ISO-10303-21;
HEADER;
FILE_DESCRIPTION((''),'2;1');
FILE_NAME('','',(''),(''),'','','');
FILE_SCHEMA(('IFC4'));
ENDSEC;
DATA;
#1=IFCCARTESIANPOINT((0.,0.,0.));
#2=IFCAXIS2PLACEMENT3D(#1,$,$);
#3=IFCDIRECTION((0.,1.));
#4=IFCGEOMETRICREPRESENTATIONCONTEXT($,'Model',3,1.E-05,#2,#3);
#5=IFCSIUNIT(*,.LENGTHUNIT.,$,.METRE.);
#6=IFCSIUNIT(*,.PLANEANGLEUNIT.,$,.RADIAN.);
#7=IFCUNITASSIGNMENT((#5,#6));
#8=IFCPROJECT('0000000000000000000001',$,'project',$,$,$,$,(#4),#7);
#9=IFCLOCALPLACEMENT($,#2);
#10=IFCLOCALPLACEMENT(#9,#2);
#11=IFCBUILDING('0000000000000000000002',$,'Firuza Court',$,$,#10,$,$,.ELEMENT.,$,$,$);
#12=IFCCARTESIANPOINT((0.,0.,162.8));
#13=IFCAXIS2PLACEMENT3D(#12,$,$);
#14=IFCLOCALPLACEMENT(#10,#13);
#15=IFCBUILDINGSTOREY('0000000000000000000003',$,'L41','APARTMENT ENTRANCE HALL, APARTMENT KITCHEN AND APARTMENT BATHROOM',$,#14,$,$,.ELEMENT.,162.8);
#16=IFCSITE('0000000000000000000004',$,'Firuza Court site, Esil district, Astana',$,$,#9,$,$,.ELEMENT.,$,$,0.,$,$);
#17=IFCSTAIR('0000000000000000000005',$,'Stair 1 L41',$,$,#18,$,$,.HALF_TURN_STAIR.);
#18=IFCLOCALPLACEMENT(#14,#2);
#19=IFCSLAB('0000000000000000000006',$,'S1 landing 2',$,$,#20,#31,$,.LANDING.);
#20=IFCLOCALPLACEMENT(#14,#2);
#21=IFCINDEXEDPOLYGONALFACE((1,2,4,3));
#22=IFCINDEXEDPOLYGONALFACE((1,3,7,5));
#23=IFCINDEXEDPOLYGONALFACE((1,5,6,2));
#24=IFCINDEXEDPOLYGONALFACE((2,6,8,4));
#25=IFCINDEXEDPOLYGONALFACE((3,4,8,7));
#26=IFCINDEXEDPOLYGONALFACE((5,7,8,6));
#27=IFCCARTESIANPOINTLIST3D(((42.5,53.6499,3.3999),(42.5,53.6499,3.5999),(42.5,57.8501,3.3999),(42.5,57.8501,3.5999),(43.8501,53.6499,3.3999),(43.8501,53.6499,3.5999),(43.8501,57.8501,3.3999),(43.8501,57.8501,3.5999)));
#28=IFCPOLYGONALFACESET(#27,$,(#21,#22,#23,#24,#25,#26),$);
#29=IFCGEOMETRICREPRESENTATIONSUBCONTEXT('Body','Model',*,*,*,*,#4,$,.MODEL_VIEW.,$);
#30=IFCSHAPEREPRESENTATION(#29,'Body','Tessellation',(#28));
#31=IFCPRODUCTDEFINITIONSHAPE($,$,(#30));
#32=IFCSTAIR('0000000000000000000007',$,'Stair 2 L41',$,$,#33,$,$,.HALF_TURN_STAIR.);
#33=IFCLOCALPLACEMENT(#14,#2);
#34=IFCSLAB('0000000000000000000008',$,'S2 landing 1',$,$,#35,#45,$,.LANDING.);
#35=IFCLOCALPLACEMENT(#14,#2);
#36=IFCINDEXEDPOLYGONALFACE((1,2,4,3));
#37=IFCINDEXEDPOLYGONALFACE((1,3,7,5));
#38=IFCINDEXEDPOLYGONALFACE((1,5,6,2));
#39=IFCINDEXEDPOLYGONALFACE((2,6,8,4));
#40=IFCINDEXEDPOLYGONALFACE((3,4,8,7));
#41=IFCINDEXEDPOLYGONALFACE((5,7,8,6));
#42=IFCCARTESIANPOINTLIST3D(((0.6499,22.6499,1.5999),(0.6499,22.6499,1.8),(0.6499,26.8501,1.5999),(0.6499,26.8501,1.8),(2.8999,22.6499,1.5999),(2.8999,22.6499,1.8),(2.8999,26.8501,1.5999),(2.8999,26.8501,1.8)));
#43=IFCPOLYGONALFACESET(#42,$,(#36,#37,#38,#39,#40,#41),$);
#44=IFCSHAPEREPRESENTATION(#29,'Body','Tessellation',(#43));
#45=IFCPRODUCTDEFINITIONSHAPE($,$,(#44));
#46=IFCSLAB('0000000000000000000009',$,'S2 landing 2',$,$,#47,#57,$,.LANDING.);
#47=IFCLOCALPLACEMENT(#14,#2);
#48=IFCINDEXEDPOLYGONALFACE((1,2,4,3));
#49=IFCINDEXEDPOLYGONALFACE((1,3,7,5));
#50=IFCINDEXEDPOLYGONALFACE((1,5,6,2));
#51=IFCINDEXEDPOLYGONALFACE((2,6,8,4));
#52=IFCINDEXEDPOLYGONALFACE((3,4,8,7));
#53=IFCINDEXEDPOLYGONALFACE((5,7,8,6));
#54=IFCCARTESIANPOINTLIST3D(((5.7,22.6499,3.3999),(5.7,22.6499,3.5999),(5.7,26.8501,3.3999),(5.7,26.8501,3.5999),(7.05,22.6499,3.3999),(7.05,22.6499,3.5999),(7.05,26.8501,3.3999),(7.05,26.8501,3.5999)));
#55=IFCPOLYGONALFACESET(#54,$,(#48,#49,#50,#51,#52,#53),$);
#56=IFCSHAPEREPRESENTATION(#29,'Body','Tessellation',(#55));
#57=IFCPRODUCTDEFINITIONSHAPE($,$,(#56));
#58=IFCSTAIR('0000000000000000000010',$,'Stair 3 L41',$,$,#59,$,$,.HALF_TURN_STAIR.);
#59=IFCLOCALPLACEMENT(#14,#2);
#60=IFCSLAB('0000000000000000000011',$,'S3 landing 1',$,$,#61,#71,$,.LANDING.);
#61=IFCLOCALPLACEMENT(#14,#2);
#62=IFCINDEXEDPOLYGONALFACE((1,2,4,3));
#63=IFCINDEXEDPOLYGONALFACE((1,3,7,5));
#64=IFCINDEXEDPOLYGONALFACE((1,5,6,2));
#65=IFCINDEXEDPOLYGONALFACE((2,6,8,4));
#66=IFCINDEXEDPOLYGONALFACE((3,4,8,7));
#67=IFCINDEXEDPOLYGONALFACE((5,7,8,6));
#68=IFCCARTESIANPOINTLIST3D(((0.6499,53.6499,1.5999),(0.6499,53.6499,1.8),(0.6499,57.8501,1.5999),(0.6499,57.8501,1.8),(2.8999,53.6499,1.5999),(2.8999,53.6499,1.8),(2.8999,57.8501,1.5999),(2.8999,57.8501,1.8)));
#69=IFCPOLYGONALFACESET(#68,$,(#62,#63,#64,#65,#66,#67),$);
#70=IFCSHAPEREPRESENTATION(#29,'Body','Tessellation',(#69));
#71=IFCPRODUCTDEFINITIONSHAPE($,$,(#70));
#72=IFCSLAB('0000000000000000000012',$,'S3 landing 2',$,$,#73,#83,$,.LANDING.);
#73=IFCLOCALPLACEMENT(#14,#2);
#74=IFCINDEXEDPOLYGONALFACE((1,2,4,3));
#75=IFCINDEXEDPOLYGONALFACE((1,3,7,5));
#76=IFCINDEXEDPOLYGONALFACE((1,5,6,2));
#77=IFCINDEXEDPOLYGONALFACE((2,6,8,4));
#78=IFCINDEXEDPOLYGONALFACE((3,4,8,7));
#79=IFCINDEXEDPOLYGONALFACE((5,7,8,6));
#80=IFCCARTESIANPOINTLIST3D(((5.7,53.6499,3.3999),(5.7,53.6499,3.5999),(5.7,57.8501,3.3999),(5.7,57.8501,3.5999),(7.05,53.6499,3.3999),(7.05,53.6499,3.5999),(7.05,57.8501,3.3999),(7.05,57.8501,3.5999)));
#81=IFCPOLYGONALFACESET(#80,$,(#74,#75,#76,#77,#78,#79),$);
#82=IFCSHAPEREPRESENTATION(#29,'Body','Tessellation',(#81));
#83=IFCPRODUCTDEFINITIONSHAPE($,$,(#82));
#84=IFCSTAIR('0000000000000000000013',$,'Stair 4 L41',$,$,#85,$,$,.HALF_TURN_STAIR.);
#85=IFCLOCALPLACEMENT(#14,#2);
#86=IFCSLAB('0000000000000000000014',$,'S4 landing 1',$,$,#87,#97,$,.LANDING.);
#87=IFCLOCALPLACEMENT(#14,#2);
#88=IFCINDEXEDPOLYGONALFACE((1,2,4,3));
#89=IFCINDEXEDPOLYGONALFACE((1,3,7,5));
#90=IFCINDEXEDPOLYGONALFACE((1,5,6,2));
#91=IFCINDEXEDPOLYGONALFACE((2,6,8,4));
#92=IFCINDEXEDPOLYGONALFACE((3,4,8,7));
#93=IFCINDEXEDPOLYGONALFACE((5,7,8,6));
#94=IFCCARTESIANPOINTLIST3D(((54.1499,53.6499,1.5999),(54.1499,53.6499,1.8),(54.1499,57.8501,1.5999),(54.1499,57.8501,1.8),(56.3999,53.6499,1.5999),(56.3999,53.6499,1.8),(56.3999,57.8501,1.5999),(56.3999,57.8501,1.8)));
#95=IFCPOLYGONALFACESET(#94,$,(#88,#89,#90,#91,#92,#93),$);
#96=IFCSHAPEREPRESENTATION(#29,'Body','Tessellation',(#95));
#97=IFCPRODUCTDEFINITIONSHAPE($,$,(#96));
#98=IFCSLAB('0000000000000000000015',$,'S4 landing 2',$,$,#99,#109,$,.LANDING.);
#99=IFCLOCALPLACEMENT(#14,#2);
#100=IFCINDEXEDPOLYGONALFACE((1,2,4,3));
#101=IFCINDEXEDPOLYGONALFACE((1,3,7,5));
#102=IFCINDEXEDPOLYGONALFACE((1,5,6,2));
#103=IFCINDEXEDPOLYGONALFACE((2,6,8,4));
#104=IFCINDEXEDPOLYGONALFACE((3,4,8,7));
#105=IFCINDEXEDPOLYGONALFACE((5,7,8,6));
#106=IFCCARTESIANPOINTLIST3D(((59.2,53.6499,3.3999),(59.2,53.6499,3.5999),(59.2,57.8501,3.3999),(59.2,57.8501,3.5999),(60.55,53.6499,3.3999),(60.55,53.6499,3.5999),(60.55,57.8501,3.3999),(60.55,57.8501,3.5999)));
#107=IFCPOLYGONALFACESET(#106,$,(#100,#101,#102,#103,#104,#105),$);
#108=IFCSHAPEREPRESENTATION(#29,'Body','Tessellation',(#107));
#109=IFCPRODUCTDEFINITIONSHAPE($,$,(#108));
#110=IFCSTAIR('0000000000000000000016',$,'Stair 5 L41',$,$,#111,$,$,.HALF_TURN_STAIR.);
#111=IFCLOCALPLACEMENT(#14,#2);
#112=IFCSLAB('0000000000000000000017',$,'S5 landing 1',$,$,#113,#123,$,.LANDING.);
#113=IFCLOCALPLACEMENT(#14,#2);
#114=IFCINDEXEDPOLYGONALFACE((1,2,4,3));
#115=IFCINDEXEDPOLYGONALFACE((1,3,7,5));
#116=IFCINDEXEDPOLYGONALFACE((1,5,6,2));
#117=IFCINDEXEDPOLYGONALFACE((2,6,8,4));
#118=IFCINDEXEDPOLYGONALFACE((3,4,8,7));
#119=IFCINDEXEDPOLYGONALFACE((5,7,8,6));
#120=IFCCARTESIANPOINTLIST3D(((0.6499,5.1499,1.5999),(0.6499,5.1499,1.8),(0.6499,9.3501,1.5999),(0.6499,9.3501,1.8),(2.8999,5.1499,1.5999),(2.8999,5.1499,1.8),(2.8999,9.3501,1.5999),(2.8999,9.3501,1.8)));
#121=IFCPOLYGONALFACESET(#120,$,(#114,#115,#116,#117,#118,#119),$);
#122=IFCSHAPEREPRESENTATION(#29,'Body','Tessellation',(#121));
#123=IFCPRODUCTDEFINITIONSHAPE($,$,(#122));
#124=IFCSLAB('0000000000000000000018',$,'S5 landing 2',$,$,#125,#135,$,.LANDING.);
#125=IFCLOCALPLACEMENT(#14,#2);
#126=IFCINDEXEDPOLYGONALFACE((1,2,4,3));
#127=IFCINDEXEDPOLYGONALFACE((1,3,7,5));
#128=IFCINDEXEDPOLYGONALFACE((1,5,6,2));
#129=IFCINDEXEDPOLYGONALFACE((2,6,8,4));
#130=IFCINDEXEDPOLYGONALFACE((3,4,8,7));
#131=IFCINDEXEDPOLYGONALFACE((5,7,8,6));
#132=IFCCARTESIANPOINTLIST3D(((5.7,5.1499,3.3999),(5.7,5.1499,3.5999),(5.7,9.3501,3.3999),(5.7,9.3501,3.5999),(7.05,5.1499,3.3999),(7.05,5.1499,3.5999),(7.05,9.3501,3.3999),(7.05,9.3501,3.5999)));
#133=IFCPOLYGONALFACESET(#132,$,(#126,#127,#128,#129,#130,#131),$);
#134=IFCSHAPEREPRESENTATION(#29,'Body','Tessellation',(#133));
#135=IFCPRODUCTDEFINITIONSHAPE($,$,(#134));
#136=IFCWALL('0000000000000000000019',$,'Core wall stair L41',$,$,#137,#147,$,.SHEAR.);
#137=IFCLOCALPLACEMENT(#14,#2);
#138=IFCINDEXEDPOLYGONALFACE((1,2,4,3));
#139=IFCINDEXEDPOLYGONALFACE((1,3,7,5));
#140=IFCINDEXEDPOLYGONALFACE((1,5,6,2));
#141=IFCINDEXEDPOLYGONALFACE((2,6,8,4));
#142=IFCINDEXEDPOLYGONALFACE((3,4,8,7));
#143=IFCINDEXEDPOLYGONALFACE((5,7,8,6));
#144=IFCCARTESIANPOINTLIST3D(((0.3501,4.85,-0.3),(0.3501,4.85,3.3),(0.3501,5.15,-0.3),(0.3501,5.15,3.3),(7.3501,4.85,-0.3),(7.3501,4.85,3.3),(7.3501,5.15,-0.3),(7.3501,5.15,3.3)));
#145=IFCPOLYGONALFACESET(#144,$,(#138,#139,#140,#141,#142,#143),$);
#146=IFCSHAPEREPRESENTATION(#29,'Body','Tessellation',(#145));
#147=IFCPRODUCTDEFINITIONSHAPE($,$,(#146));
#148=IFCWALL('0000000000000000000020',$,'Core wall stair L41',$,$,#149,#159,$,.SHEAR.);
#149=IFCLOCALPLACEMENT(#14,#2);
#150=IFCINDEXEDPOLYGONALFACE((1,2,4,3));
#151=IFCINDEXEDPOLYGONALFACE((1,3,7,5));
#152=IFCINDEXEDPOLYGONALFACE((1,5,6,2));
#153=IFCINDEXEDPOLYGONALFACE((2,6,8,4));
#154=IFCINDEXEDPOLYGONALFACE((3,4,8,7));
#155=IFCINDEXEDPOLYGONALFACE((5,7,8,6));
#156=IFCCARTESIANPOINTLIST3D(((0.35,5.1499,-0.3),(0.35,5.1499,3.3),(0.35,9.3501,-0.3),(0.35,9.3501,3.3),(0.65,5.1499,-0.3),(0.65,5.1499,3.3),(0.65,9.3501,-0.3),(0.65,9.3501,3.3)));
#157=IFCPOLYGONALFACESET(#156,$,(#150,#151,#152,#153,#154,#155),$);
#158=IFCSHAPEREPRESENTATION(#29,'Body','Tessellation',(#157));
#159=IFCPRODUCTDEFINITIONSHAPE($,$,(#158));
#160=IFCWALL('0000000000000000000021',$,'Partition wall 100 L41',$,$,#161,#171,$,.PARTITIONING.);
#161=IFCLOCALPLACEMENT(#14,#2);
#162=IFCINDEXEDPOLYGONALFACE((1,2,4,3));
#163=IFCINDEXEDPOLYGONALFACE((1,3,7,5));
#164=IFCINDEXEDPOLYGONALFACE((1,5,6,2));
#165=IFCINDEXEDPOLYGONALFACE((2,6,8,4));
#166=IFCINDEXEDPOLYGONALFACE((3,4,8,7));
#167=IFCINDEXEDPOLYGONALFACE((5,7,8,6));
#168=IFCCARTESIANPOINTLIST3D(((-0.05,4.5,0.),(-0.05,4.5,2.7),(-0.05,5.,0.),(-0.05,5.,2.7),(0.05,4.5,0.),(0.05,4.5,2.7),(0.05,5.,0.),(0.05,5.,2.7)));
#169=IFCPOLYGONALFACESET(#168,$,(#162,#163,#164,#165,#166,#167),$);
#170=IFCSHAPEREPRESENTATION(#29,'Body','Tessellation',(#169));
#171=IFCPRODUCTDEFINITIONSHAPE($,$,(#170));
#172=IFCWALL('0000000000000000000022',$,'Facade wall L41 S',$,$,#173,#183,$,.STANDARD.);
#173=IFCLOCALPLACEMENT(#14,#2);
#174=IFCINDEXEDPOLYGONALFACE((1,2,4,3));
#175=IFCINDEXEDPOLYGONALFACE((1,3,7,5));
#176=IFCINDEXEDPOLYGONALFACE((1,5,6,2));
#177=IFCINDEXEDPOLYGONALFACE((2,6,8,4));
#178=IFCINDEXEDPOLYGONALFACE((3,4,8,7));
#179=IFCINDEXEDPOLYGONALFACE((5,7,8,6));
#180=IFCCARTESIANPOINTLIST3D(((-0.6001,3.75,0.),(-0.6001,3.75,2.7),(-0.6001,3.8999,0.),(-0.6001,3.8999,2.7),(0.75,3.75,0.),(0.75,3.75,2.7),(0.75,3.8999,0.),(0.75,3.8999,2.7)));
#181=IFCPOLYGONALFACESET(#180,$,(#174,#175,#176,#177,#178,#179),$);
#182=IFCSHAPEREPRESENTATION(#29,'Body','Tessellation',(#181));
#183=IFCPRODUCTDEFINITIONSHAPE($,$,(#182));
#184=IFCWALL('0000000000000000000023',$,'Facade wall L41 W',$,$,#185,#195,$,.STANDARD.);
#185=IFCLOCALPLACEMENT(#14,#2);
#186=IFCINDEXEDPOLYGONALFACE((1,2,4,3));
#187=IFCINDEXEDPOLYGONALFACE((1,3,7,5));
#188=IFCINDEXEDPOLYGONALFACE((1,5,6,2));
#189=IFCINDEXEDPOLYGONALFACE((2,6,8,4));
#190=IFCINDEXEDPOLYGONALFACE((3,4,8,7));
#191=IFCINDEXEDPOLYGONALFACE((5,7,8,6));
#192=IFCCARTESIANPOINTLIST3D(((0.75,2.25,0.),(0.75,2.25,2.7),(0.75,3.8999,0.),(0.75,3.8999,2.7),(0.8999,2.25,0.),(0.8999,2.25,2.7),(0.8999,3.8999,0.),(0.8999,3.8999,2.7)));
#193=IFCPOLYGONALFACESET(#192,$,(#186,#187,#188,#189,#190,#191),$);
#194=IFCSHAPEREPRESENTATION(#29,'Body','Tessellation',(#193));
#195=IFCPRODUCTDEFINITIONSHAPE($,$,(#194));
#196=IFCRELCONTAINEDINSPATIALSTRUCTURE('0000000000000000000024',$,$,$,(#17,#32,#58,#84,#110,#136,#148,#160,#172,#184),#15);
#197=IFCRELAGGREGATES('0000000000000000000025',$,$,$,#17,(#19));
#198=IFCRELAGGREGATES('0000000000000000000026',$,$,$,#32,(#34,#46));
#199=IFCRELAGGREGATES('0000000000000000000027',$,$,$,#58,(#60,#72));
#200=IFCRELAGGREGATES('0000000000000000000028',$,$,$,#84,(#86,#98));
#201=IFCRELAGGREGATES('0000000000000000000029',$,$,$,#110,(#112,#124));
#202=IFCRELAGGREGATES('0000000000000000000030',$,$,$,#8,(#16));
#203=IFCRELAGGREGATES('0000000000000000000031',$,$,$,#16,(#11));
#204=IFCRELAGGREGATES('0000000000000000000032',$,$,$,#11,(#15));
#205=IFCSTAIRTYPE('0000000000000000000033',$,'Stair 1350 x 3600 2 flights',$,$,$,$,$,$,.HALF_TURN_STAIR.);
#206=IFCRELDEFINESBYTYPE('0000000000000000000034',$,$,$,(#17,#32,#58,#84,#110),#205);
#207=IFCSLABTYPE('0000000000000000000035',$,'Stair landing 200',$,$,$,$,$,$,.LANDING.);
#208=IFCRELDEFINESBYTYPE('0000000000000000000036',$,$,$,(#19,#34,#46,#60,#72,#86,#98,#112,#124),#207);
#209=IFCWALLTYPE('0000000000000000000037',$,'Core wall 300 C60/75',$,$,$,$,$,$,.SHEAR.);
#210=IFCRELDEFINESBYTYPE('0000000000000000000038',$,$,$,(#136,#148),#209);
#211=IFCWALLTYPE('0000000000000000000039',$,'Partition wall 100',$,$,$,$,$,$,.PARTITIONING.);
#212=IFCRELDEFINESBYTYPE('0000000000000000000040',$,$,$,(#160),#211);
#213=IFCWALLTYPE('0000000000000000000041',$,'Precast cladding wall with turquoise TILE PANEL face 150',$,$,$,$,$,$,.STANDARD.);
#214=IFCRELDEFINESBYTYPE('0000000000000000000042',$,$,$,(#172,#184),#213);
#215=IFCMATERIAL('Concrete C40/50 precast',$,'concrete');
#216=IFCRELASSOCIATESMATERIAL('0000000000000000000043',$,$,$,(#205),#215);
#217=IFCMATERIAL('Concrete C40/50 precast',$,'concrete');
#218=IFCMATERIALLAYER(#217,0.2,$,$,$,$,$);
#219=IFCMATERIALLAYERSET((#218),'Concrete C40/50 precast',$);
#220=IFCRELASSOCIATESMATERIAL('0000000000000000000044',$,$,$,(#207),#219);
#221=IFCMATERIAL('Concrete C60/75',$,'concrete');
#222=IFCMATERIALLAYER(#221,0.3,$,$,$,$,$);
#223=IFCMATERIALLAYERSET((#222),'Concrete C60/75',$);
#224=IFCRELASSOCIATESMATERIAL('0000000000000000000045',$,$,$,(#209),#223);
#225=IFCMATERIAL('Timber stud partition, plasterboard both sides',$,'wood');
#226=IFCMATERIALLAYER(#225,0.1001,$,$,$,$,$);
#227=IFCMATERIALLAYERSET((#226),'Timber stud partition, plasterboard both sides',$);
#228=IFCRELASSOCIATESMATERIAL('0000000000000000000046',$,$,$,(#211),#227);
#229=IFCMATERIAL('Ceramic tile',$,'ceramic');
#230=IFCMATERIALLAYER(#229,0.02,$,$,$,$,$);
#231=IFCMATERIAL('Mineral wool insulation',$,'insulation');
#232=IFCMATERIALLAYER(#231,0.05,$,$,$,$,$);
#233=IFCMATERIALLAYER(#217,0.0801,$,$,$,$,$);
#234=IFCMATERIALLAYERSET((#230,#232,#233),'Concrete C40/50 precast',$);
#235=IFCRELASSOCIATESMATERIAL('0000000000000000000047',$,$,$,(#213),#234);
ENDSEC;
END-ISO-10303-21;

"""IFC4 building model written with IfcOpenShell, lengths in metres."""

from ifc_helpers import new_model, si_unit, direction, frame, frame_2d, origin, place, context, subcontext, project, spatial, polyline, rectangle, outline, extrude, material, layer, layer_set, type_object, element, aggregate, save


model = new_model("IFC4")

# Units and contexts
model_context = context("Model", 3, precision=1e-05, world=origin(), true_north=direction((0.0, 1.0)))
body_context = subcontext(model_context, "Body", "Model", "MODEL_VIEW")
ifc_project = project(units=[si_unit("LENGTHUNIT", "METRE"), si_unit("PLANEANGLEUNIT", "RADIAN")], contexts=[model_context])

# Site, building, storey
site_placement = place(None, origin())
site = spatial("IfcSite", under=ifc_project, at=site_placement, Name="Firuza Court site, Esil district, Astana", CompositionType="ELEMENT", RefElevation=0.0)
building_placement = place(site_placement, origin())
building = spatial("IfcBuilding", under=site, at=building_placement, Name="Firuza Court", CompositionType="ELEMENT")
storey_placement = place(building_placement, frame((0.0, 0.0, 162.8)))
storey = spatial("IfcBuildingStorey", under=building, at=storey_placement, Name="L41", Description="APARTMENT ENTRANCE HALL, APARTMENT KITCHEN AND APARTMENT BATHROOM", CompositionType="ELEMENT", Elevation=162.8)

# Stairs, slabs
ifc_material_1 = material(Name="Concrete C40/50 precast", Category="concrete")
stair_type = type_object("IfcStairType", Name="Stair 1350 x 3600 2 flights", PredefinedType="HALF_TURN_STAIR", material=ifc_material_1)
stair_1_placement = place(storey_placement, origin())
stair_1 = element("IfcStair", 1, at=stair_1_placement, inside=storey, type_object=stair_type, Name="Stair 1 L41", PredefinedType="HALF_TURN_STAIR")
ifc_material_2 = material(Name="Concrete C40/50 precast", Category="concrete")
ifc_layer_1 = layer(ifc_material_2, 0.2)
ifc_layer_set_1 = layer_set([ifc_layer_1], Name="Concrete C40/50 precast")
slab_type_1 = type_object("IfcSlabType", Name="Stair landing 200", PredefinedType="LANDING", material=ifc_layer_set_1)
slab_1_placement = place(storey_placement, frame((0.0, 0.0, 3.3999)))
slab_1 = element("IfcSlab", 2, at=slab_1_placement, type_object=slab_type_1, Name="S1 landing 2", PredefinedType="LANDING", context=body_context, shape_type="SweptSolid", body=[
    extrude(outline(polyline([(43.8501, 53.6499), (43.8501, 57.8501), (42.5, 57.8501), (42.5, 53.6499), (43.8501, 53.6499)])), origin(), (0.0, 0.0, 1.0), 0.2),
])
aggregate(stair_1, [slab_1])
stair_2_placement = place(storey_placement, origin())
stair_2 = element("IfcStair", 3, at=stair_2_placement, inside=storey, type_object=stair_type, Name="Stair 2 L41", PredefinedType="HALF_TURN_STAIR")
slab_2_placement = place(storey_placement, frame((0.0, 0.0, 1.5999)))
slab_2 = element("IfcSlab", 4, at=slab_2_placement, type_object=slab_type_1, Name="S2 landing 1", PredefinedType="LANDING", context=body_context, shape_type="SweptSolid", body=[
    extrude(outline(polyline([(2.8999, 22.6499), (2.8999, 26.8501), (0.6499, 26.8501), (0.6499, 22.6499), (2.8999, 22.6499)])), origin(), (0.0, 0.0, 1.0), 0.2002),
])
slab_3_placement = place(storey_placement, frame((0.0, 0.0, 3.3999)))
slab_3 = element("IfcSlab", 5, at=slab_3_placement, type_object=slab_type_1, Name="S2 landing 2", PredefinedType="LANDING", context=body_context, shape_type="SweptSolid", body=[
    extrude(outline(polyline([(7.05, 22.6499), (7.05, 26.8501), (5.7, 26.8501), (5.7, 22.6499), (7.05, 22.6499)])), origin(), (0.0, 0.0, 1.0), 0.2),
])
aggregate(stair_2, [slab_2, slab_3])
stair_3_placement = place(storey_placement, origin())
stair_3 = element("IfcStair", 6, at=stair_3_placement, inside=storey, type_object=stair_type, Name="Stair 3 L41", PredefinedType="HALF_TURN_STAIR")
slab_4_placement = place(storey_placement, frame((0.0, 0.0, 1.5999)))
slab_4 = element("IfcSlab", 7, at=slab_4_placement, type_object=slab_type_1, Name="S3 landing 1", PredefinedType="LANDING", context=body_context, shape_type="SweptSolid", body=[
    extrude(outline(polyline([(2.8999, 53.6499), (2.8999, 57.8501), (0.6499, 57.8501), (0.6499, 53.6499), (2.8999, 53.6499)])), origin(), (0.0, 0.0, 1.0), 0.2002),
])
slab_5_placement = place(storey_placement, frame((0.0, 0.0, 3.3999)))
slab_5 = element("IfcSlab", 8, at=slab_5_placement, type_object=slab_type_1, Name="S3 landing 2", PredefinedType="LANDING", context=body_context, shape_type="SweptSolid", body=[
    extrude(outline(polyline([(7.05, 53.6499), (7.05, 57.8501), (5.7, 57.8501), (5.7, 53.6499), (7.05, 53.6499)])), origin(), (0.0, 0.0, 1.0), 0.2),
])
aggregate(stair_3, [slab_4, slab_5])
stair_4_placement = place(storey_placement, origin())
stair_4 = element("IfcStair", 9, at=stair_4_placement, inside=storey, type_object=stair_type, Name="Stair 4 L41", PredefinedType="HALF_TURN_STAIR")
slab_6_placement = place(storey_placement, frame((0.0, 0.0, 1.5999)))
slab_6 = element("IfcSlab", 10, at=slab_6_placement, type_object=slab_type_1, Name="S4 landing 1", PredefinedType="LANDING", context=body_context, shape_type="SweptSolid", body=[
    extrude(outline(polyline([(56.3999, 53.6499), (56.3999, 57.8501), (54.1499, 57.8501), (54.1499, 53.6499), (56.3999, 53.6499)])), origin(), (0.0, 0.0, 1.0), 0.2002),
])
slab_7_placement = place(storey_placement, frame((0.0, 0.0, 3.3999)))
slab_7 = element("IfcSlab", 11, at=slab_7_placement, type_object=slab_type_1, Name="S4 landing 2", PredefinedType="LANDING", context=body_context, shape_type="SweptSolid", body=[
    extrude(outline(polyline([(60.55, 53.6499), (60.55, 57.8501), (59.2, 57.8501), (59.2, 53.6499), (60.55, 53.6499)])), origin(), (0.0, 0.0, 1.0), 0.2),
])
aggregate(stair_4, [slab_6, slab_7])
stair_5_placement = place(storey_placement, origin())
stair_5 = element("IfcStair", 12, at=stair_5_placement, inside=storey, type_object=stair_type, Name="Stair 5 L41", PredefinedType="HALF_TURN_STAIR")
slab_8_placement = place(storey_placement, frame((0.0, 0.0, 1.5999)))
slab_8 = element("IfcSlab", 13, at=slab_8_placement, type_object=slab_type_1, Name="S5 landing 1", PredefinedType="LANDING", context=body_context, shape_type="SweptSolid", body=[
    extrude(outline(polyline([(2.8999, 5.1499), (2.8999, 9.3501), (0.6499, 9.3501), (0.6499, 5.1499), (2.8999, 5.1499)])), origin(), (0.0, 0.0, 1.0), 0.2002),
])
slab_9_placement = place(storey_placement, frame((0.0, 0.0, 3.3999)))
slab_9 = element("IfcSlab", 14, at=slab_9_placement, type_object=slab_type_1, Name="S5 landing 2", PredefinedType="LANDING", context=body_context, shape_type="SweptSolid", body=[
    extrude(outline(polyline([(7.05, 5.1499), (7.05, 9.3501), (5.7, 9.3501), (5.7, 5.1499), (7.05, 5.1499)])), origin(), (0.0, 0.0, 1.0), 0.2),
])
aggregate(stair_5, [slab_8, slab_9])

# Walls
ifc_material_3 = material(Name="Concrete C60/75", Category="concrete")
ifc_layer_2 = layer(ifc_material_3, 0.3)
ifc_layer_set_2 = layer_set([ifc_layer_2], Name="Concrete C60/75")
wall_type_1 = type_object("IfcWallType", Name="Core wall 300 C60/75", PredefinedType="SHEAR", material=ifc_layer_set_2)
wall_1_placement = place(storey_placement, frame((0.3501, 5.0, -0.3), z_axis=(0.0, 0.0, 1.0), x_axis=(1.0, 0.0, 0.0)))
element("IfcWall", 15, at=wall_1_placement, inside=storey, type_object=wall_type_1, Name="Core wall stair L41", PredefinedType="SHEAR", context=body_context, shape_type="SweptSolid", body=[
    extrude(rectangle(XDim=7.0, YDim=0.3, at=frame_2d((3.5, 0.0))), origin(), (0.0, 0.0, 1.0), 3.6001),
])
wall_2_placement = place(storey_placement, frame((0.5, 5.1499, -0.3), z_axis=(0.0, 0.0, 1.0), x_axis=(0.0, 1.0, 0.0)))
element("IfcWall", 16, at=wall_2_placement, inside=storey, type_object=wall_type_1, Name="Core wall stair L41", PredefinedType="SHEAR", context=body_context, shape_type="SweptSolid", body=[
    extrude(rectangle(XDim=4.2002, YDim=0.3, at=frame_2d((2.1001, 0.0))), origin(), (0.0, 0.0, 1.0), 3.6001),
])
ifc_material_4 = material(Name="Timber stud partition, plasterboard both sides", Category="wood")
ifc_layer_3 = layer(ifc_material_4, 0.1001)
ifc_layer_set_3 = layer_set([ifc_layer_3], Name="Timber stud partition, plasterboard both sides")
wall_type_2 = type_object("IfcWallType", Name="Partition wall 100", PredefinedType="PARTITIONING", material=ifc_layer_set_3)
wall_3_placement = place(storey_placement, frame((0.0, 4.5, 0.0), z_axis=(0.0, 0.0, 1.0), x_axis=(0.0, 1.0, 0.0)))
element("IfcWall", 17, at=wall_3_placement, inside=storey, type_object=wall_type_2, Name="Partition wall 100 L41", PredefinedType="PARTITIONING", context=body_context, shape_type="SweptSolid", body=[
    extrude(rectangle(XDim=0.5, YDim=0.1001, at=frame_2d((0.25, 0.0))), origin(), (0.0, 0.0, 1.0), 2.7),
])
ifc_material_5 = material(Name="Ceramic tile", Category="ceramic")
ifc_layer_4 = layer(ifc_material_5, 0.02)
ifc_material_6 = material(Name="Mineral wool insulation", Category="insulation")
ifc_layer_5 = layer(ifc_material_6, 0.05)
ifc_layer_6 = layer(ifc_material_2, 0.0801)
ifc_layer_set_4 = layer_set([ifc_layer_4, ifc_layer_5, ifc_layer_6], Name="Concrete C40/50 precast")
wall_type_3 = type_object("IfcWallType", Name="Precast cladding wall with turquoise TILE PANEL face 150", PredefinedType="STANDARD", material=ifc_layer_set_4)
wall_4_placement = place(storey_placement, frame((-0.6001, 3.825, 0.0), z_axis=(0.0, 0.0, 1.0), x_axis=(1.0, 0.0, 0.0)))
element("IfcWall", 18, at=wall_4_placement, inside=storey, type_object=wall_type_3, Name="Facade wall L41 S", PredefinedType="STANDARD", context=body_context, shape_type="SweptSolid", body=[
    extrude(rectangle(XDim=1.3501, YDim=0.1499, at=frame_2d((0.675, 0.0))), origin(), (0.0, 0.0, 1.0), 2.7),
])
wall_5_placement = place(storey_placement, frame((0.825, 3.8999, 0.0), z_axis=(0.0, 0.0, 1.0), x_axis=(0.0, -1.0, 0.0)))
element("IfcWall", 19, at=wall_5_placement, inside=storey, type_object=wall_type_3, Name="Facade wall L41 W", PredefinedType="STANDARD", context=body_context, shape_type="SweptSolid", body=[
    extrude(rectangle(XDim=1.6499, YDim=0.1499, at=frame_2d((0.825, 0.0))), origin(), (0.0, 0.0, 1.0), 2.7),
])

save(model, "model.ifc")
